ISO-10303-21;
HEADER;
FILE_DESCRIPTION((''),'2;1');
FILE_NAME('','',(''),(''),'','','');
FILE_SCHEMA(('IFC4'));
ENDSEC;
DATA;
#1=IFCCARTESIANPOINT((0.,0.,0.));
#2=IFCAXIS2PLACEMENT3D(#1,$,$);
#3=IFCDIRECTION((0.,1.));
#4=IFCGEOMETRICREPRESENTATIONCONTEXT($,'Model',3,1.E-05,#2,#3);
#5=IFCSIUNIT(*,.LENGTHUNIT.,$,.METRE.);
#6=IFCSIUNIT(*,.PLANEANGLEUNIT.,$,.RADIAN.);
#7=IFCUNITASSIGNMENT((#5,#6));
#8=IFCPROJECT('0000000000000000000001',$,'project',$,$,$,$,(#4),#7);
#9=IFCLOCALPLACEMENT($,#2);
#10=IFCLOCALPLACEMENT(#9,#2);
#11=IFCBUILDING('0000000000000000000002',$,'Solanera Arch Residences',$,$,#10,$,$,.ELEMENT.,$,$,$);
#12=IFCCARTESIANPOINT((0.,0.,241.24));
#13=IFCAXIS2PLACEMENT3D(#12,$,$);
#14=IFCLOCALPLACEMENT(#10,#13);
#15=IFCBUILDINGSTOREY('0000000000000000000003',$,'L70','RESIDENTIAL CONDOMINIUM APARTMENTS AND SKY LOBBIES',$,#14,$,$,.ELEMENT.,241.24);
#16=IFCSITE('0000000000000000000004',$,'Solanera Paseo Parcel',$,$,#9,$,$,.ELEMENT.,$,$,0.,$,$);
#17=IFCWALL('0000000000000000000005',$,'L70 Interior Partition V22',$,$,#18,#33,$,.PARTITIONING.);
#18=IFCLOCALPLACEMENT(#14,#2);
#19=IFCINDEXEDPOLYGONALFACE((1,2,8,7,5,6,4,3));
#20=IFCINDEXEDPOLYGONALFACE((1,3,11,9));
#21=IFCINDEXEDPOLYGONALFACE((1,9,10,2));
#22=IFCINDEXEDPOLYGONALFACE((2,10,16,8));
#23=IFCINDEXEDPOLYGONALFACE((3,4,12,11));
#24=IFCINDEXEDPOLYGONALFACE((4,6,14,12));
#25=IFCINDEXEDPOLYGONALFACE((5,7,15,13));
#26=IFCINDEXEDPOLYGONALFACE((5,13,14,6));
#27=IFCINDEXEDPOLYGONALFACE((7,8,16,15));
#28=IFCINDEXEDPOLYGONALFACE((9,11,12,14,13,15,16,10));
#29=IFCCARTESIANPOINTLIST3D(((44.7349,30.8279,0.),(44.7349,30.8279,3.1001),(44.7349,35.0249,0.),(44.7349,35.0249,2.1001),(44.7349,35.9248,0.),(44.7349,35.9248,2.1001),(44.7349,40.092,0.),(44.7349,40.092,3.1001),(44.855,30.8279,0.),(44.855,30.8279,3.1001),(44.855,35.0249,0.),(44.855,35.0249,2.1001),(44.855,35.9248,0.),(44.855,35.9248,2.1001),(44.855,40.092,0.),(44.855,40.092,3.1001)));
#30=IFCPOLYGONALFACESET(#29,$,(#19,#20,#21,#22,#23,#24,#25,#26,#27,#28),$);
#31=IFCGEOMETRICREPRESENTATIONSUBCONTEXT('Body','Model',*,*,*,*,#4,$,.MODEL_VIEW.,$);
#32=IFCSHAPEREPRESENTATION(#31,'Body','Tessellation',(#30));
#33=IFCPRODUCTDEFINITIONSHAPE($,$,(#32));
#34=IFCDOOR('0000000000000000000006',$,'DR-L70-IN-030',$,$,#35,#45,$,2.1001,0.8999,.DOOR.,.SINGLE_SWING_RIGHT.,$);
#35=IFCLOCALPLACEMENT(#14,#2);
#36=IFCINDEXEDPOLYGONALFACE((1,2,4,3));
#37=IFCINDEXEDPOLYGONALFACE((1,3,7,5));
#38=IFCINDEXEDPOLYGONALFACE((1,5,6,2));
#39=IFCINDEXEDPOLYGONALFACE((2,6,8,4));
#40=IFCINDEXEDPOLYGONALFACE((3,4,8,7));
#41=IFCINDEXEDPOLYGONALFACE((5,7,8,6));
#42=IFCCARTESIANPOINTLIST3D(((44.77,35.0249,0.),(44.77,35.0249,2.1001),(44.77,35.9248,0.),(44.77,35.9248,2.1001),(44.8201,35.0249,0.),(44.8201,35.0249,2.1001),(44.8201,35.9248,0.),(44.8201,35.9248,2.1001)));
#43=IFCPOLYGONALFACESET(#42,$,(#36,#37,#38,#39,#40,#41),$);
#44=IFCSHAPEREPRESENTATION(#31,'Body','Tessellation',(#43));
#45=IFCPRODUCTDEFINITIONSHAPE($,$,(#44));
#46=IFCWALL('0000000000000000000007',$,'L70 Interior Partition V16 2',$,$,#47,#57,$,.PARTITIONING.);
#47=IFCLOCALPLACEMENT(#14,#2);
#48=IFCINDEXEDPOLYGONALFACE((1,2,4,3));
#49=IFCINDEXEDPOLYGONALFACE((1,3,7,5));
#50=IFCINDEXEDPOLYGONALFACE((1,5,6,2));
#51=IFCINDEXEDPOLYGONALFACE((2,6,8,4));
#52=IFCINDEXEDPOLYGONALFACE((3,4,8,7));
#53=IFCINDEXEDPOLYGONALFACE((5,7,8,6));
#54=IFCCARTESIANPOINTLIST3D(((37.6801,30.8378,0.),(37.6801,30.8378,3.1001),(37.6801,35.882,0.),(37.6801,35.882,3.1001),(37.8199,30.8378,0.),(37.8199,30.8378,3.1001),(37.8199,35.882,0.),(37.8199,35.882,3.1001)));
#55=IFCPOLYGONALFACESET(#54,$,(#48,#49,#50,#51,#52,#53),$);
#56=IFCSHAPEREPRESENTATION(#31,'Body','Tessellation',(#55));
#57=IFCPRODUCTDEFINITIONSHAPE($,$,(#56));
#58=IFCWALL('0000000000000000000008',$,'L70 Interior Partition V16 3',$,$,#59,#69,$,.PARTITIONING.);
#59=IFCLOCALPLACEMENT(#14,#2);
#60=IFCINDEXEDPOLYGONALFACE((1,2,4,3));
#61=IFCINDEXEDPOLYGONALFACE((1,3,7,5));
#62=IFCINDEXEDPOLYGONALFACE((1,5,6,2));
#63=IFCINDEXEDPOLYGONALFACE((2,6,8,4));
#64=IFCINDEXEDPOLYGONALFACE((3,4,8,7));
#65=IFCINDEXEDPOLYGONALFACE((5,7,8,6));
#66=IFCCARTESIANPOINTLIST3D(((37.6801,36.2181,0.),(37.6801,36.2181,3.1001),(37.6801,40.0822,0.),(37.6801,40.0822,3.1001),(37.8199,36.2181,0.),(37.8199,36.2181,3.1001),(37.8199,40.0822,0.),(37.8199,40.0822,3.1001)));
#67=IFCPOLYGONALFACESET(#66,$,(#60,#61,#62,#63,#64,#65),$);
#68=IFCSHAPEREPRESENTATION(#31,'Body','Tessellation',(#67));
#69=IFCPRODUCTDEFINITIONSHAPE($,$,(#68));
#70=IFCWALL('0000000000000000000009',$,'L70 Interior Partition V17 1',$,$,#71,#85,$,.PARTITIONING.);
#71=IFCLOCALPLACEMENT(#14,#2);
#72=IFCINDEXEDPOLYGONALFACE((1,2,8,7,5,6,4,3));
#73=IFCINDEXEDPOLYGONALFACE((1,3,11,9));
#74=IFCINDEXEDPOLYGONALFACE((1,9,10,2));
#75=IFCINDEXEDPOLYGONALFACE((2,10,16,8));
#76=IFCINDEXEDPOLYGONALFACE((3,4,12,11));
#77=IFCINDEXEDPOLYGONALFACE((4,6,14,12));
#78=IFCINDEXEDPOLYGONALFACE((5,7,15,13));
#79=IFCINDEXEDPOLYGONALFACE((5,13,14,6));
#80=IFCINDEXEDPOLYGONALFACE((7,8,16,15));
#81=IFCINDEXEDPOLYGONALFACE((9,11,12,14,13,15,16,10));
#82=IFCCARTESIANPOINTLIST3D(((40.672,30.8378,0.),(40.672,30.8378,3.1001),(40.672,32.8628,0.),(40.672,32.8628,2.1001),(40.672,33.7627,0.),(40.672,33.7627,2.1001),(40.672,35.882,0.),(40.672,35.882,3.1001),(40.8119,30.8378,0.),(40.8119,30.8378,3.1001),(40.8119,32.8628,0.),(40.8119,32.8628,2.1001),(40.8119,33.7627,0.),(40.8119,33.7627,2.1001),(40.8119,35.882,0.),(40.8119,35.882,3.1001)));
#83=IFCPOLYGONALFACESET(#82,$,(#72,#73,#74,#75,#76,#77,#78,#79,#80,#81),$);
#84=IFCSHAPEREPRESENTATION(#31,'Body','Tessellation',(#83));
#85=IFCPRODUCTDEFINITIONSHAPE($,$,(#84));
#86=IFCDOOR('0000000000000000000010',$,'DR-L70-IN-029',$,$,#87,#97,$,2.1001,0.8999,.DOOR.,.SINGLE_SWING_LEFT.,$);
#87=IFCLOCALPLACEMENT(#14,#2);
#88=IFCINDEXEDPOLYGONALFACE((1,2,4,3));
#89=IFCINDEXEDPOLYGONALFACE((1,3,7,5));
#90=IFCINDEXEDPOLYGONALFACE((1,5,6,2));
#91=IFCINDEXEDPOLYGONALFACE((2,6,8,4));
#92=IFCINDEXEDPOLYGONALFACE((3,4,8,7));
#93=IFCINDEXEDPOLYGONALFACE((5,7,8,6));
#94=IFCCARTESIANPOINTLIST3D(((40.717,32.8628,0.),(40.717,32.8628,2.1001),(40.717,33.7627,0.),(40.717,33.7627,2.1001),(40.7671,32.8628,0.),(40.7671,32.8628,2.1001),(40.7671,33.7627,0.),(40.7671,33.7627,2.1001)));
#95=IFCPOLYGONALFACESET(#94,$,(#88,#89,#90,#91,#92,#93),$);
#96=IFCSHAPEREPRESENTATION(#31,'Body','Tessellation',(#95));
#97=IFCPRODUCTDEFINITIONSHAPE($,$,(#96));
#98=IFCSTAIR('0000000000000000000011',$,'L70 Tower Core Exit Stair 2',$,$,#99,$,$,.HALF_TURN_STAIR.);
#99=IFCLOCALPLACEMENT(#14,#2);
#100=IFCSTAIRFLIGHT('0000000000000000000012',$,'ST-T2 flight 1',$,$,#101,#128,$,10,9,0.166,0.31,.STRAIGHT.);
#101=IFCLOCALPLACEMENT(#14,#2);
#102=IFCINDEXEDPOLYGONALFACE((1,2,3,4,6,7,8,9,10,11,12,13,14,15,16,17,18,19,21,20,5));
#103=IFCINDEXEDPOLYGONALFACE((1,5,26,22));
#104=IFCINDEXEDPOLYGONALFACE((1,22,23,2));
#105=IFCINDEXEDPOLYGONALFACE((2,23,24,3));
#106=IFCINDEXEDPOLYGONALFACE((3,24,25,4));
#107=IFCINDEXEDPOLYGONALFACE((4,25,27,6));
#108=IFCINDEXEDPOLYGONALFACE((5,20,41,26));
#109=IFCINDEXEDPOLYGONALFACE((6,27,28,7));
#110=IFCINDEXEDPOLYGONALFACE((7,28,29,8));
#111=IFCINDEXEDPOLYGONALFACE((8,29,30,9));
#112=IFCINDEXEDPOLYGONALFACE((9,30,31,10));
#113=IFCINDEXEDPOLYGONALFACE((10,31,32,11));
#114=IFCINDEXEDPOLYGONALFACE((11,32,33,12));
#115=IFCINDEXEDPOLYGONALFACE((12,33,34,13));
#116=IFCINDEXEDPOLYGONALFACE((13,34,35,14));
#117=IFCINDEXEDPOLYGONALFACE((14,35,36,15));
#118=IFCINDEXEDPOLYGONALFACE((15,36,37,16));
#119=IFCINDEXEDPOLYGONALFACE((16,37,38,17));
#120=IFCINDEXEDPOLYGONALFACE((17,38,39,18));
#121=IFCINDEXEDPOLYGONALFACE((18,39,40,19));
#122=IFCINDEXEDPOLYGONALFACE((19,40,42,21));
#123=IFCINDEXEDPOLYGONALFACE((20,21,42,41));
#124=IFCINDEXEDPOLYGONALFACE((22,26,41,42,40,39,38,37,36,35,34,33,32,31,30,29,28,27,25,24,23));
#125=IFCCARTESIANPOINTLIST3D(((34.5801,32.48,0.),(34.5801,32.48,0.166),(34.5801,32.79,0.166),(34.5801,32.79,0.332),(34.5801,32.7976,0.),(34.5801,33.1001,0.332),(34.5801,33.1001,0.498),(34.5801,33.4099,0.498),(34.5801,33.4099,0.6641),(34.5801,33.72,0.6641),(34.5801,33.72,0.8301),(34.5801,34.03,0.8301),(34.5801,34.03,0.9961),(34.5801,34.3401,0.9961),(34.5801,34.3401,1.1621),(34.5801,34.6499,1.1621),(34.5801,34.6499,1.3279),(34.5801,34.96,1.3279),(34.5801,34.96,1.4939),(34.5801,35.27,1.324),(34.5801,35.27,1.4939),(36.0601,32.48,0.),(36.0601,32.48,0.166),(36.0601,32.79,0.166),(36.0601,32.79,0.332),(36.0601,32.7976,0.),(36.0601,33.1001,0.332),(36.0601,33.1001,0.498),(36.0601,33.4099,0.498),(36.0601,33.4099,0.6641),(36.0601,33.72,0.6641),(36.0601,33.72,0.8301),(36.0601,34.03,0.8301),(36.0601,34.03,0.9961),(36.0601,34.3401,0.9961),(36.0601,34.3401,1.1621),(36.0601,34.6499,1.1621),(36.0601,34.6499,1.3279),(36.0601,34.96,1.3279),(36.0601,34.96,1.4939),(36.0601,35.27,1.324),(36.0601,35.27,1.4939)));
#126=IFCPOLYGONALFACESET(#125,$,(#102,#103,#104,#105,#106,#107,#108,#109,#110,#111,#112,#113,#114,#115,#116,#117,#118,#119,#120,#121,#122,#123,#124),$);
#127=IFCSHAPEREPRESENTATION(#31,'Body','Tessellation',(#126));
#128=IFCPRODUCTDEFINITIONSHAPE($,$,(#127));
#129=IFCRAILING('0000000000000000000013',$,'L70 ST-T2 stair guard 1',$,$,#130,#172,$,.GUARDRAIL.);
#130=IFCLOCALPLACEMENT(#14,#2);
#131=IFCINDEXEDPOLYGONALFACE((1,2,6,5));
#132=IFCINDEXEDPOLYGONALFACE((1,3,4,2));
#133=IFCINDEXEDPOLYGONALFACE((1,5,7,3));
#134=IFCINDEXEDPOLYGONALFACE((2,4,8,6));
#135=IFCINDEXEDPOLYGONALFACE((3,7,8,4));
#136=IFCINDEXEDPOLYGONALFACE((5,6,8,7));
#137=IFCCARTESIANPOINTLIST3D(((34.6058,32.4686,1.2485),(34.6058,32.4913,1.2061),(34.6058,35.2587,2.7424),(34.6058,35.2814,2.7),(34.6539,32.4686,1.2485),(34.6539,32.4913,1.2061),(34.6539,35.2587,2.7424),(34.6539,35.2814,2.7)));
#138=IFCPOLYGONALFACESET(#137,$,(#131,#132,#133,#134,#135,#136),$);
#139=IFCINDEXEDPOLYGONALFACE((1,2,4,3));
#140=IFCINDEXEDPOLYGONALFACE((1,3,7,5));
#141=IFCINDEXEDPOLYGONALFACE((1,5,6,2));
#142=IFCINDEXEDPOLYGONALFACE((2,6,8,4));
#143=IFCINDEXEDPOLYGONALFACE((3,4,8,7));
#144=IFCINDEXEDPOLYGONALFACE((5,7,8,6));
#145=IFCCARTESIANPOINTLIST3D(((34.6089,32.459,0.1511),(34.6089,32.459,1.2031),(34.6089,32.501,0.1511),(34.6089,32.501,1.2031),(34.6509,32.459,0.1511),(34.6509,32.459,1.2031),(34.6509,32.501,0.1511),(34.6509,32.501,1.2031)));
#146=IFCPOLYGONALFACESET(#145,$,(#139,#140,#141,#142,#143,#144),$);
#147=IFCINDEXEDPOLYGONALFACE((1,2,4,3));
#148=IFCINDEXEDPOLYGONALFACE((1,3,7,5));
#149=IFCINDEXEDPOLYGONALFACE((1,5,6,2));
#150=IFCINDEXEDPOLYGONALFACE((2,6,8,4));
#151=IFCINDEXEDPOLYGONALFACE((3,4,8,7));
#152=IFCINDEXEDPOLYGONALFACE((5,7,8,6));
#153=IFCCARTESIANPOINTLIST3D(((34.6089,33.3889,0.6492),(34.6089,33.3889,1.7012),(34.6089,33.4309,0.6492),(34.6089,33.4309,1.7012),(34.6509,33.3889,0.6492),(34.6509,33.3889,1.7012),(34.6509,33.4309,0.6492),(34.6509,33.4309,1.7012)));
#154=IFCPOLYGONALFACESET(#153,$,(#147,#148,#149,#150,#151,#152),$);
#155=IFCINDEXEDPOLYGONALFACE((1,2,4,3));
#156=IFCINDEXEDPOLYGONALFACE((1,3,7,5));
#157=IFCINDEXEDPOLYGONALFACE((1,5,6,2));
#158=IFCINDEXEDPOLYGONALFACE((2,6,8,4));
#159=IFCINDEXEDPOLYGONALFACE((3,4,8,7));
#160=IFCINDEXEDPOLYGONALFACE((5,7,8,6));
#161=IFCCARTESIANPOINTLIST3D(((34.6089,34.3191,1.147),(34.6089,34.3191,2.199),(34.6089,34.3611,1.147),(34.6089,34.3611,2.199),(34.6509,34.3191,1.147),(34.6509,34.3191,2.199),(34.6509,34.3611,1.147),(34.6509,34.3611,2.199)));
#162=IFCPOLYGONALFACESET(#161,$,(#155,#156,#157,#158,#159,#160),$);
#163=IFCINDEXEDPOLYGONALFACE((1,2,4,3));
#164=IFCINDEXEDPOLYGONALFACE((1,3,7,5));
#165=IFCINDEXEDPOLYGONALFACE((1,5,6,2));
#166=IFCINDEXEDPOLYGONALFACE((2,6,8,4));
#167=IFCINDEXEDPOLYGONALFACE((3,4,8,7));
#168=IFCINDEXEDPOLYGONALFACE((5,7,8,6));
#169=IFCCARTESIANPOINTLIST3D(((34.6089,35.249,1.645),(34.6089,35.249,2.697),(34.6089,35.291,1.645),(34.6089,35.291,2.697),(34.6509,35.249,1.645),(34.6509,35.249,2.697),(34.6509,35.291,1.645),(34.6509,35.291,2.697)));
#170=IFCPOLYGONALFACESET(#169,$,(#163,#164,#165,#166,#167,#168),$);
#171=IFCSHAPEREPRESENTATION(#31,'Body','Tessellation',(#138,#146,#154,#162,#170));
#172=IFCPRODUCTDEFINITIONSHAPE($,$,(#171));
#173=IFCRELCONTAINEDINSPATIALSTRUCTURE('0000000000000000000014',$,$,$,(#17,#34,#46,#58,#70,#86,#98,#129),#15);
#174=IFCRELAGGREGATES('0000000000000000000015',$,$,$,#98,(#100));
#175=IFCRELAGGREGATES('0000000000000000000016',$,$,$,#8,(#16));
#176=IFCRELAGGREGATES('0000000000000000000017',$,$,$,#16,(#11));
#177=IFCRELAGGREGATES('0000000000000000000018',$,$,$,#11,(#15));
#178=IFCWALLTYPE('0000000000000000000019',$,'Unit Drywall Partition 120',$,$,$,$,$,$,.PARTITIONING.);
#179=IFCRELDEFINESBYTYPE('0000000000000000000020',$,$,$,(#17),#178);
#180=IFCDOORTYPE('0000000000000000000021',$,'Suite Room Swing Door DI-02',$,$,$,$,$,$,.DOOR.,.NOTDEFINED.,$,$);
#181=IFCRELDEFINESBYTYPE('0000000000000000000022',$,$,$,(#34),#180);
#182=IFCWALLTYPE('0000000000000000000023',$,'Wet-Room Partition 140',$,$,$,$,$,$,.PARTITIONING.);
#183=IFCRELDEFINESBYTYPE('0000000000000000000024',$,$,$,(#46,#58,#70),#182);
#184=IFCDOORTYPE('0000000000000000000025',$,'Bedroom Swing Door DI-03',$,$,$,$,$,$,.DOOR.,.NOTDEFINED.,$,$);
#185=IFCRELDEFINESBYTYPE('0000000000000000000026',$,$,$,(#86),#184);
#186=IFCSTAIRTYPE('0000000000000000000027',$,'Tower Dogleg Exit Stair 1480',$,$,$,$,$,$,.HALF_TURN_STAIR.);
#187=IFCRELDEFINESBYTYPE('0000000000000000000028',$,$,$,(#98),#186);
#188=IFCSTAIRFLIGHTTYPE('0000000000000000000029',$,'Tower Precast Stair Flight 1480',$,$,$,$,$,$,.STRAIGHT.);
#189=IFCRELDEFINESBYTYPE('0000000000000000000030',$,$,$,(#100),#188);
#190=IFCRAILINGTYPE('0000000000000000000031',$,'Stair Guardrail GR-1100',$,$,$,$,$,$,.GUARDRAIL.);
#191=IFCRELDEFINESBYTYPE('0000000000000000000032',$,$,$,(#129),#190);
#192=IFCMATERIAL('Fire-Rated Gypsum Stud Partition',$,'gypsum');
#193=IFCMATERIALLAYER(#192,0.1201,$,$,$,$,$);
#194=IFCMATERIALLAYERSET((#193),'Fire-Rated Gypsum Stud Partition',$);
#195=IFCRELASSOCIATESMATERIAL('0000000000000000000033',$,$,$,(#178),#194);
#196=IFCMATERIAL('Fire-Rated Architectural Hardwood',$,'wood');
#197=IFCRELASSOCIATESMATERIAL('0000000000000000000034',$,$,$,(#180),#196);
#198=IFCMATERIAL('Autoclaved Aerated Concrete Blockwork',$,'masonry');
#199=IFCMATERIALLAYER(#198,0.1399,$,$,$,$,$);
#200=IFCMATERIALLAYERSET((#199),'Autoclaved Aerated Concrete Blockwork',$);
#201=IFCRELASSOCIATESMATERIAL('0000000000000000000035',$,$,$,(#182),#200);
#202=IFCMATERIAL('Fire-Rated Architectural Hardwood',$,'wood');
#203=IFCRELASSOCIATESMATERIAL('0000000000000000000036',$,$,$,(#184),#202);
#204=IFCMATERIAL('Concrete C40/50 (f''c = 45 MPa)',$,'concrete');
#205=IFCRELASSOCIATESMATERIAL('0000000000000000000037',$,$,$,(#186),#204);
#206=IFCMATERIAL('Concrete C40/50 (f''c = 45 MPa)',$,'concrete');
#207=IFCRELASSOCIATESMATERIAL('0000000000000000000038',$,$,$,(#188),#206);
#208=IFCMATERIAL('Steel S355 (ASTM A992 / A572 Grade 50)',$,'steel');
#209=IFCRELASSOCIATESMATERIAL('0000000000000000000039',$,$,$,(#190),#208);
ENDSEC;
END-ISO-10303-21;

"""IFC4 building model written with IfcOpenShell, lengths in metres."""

from ifc_helpers import new_model, si_unit, direction, frame, frame_2d, origin, origin_2d, place, context, subcontext, project, spatial, polyline, rectangle, outline, extrude, material, layer, layer_set, type_object, element, fill, aggregate, save


model = new_model("IFC4")

# Units and contexts
model_context = context("Model", 3, precision=1e-05, world=origin(), true_north=direction((0.0, 1.0)))
body_context = subcontext(model_context, "Body", "Model", "MODEL_VIEW")
ifc_project = project(units=[si_unit("LENGTHUNIT", "METRE"), si_unit("PLANEANGLEUNIT", "RADIAN")], contexts=[model_context])

# Site, building, storey
site_placement = place(None, origin())
site = spatial("IfcSite", under=ifc_project, at=site_placement, Name="Solanera Paseo Parcel", CompositionType="ELEMENT", RefElevation=0.0)
building_placement = place(site_placement, origin())
building = spatial("IfcBuilding", under=site, at=building_placement, Name="Solanera Arch Residences", CompositionType="ELEMENT")
storey_placement = place(building_placement, frame((0.0, 0.0, 241.24)))
storey = spatial("IfcBuildingStorey", under=building, at=storey_placement, Name="L70", Description="RESIDENTIAL CONDOMINIUM APARTMENTS AND SKY LOBBIES", CompositionType="ELEMENT", Elevation=241.24)

# Shared definitions
ifc_material_1 = material(Name="Fire-Rated Gypsum Stud Partition", Category="gypsum")
ifc_layer_1 = layer(ifc_material_1, 0.1201)
ifc_layer_set_1 = layer_set([ifc_layer_1], Name="Fire-Rated Gypsum Stud Partition")
wall_type_1 = type_object("IfcWallType", Name="Unit Drywall Partition 120", PredefinedType="PARTITIONING", material=ifc_layer_set_1)

# Wall, opening, door
wall_1_placement = place(storey_placement, frame((44.7949, 30.8279, 0.0), z_axis=(0.0, 0.0, 1.0), x_axis=(0.0, 1.0, 0.0)))
wall_1 = element("IfcWall", 1, at=wall_1_placement, inside=storey, type_object=wall_type_1, Name="L70 Interior Partition V22", PredefinedType="PARTITIONING", context=body_context, shape_type="SweptSolid", body=[
    extrude(rectangle(XDim=9.2642, YDim=0.1201, at=frame_2d((4.6321, 0.0))), origin(), (0.0, 0.0, 1.0), 3.1001),
])
opening_1_placement = place(wall_1_placement, frame((4.197, 0.0, 0.0)))
opening_1 = element("IfcOpeningElement", 2, at=opening_1_placement, cuts=wall_1, PredefinedType="OPENING", context=body_context, shape_type="SweptSolid", body=[
    extrude(rectangle(XDim=0.8999, YDim=2.1001, at=frame_2d((0.45, 1.05))), frame((0.0, 0.0701, 0.0), z_axis=(0.0, -1.0, 0.0), x_axis=(1.0, 0.0, 0.0)), (0.0, 0.0, 1.0), 0.1401),
])
ifc_material_2 = material(Name="Fire-Rated Architectural Hardwood", Category="wood")
door_type_1 = type_object("IfcDoorType", Name="Suite Room Swing Door DI-02", OperationType="NOTDEFINED", PredefinedType="DOOR", material=ifc_material_2)
door_1_placement = place(opening_1_placement, origin())
door_1 = element("IfcDoor", 3, at=door_1_placement, inside=storey, type_object=door_type_1, Name="DR-L70-IN-030", OperationType="SINGLE_SWING_RIGHT", OverallHeight=2.1001, OverallWidth=0.8999, PredefinedType="DOOR", context=body_context, shape_type="SweptSolid", body=[
    extrude(rectangle(XDim=0.8999, YDim=2.1001, at=frame_2d((0.45, 1.05))), frame((0.0, 0.0249, 0.0), z_axis=(0.0, -1.0, 0.0), x_axis=(1.0, 0.0, 0.0)), (0.0, 0.0, 1.0), 0.05),
])
fill(opening_1, door_1)

# Walls
ifc_material_3 = material(Name="Autoclaved Aerated Concrete Blockwork", Category="masonry")
ifc_layer_2 = layer(ifc_material_3, 0.1399)
ifc_layer_set_2 = layer_set([ifc_layer_2], Name="Autoclaved Aerated Concrete Blockwork")
wall_type_2 = type_object("IfcWallType", Name="Wet-Room Partition 140", PredefinedType="PARTITIONING", material=ifc_layer_set_2)
wall_2_placement = place(storey_placement, frame((37.75, 30.8379, 0.0), z_axis=(0.0, 0.0, 1.0), x_axis=(0.0, 1.0, 0.0)))
element("IfcWall", 4, at=wall_2_placement, inside=storey, type_object=wall_type_2, Name="L70 Interior Partition V16 2", PredefinedType="PARTITIONING", context=body_context, shape_type="SweptSolid", body=[
    extrude(rectangle(XDim=5.0442, YDim=0.1399, at=frame_2d((2.522, 0.0))), origin(), (0.0, 0.0, 1.0), 3.1001),
])
wall_3_placement = place(storey_placement, frame((37.75, 36.218, 0.0), z_axis=(0.0, 0.0, 1.0), x_axis=(0.0, 1.0, 0.0)))
element("IfcWall", 5, at=wall_3_placement, inside=storey, type_object=wall_type_2, Name="L70 Interior Partition V16 3", PredefinedType="PARTITIONING", context=body_context, shape_type="SweptSolid", body=[
    extrude(rectangle(XDim=3.864, YDim=0.1399, at=frame_2d((1.9321, 0.0))), origin(), (0.0, 0.0, 1.0), 3.1001),
])

# Wall, opening, door
wall_4_placement = place(storey_placement, frame((40.7419, 30.8379, 0.0), z_axis=(0.0, 0.0, 1.0), x_axis=(0.0, 1.0, 0.0)))
wall_4 = element("IfcWall", 6, at=wall_4_placement, inside=storey, type_object=wall_type_2, Name="L70 Interior Partition V17 1", PredefinedType="PARTITIONING", context=body_context, shape_type="SweptSolid", body=[
    extrude(rectangle(XDim=5.0442, YDim=0.1399, at=frame_2d((2.522, 0.0))), origin(), (0.0, 0.0, 1.0), 3.1001),
])
opening_2_placement = place(wall_4_placement, frame((2.0249, 0.0, 0.0)))
opening_2 = element("IfcOpeningElement", 7, at=opening_2_placement, cuts=wall_4, PredefinedType="OPENING", context=body_context, shape_type="SweptSolid", body=[
    extrude(rectangle(XDim=0.8999, YDim=2.1001, at=frame_2d((0.45, 1.05))), frame((0.0, 0.0798, 0.0), z_axis=(0.0, -1.0, 0.0), x_axis=(1.0, 0.0, 0.0)), (0.0, 0.0, 1.0), 0.1599),
])
ifc_material_4 = material(Name="Fire-Rated Architectural Hardwood", Category="wood")
door_type_2 = type_object("IfcDoorType", Name="Bedroom Swing Door DI-03", OperationType="NOTDEFINED", PredefinedType="DOOR", material=ifc_material_4)
door_2_placement = place(opening_2_placement, origin())
door_2 = element("IfcDoor", 8, at=door_2_placement, inside=storey, type_object=door_type_2, Name="DR-L70-IN-029", OperationType="SINGLE_SWING_LEFT", OverallHeight=2.1001, OverallWidth=0.8999, PredefinedType="DOOR", context=body_context, shape_type="SweptSolid", body=[
    extrude(rectangle(XDim=0.8999, YDim=2.1001, at=frame_2d((0.45, 1.05))), frame((0.0, 0.0249, 0.0), z_axis=(0.0, -1.0, 0.0), x_axis=(1.0, 0.0, 0.0)), (0.0, 0.0, 1.0), 0.05),
])
fill(opening_2, door_2)

# Stair, stair flight
ifc_material_5 = material(Name="Concrete C40/50 (f'c = 45 MPa)", Category="concrete")
stair_type = type_object("IfcStairType", Name="Tower Dogleg Exit Stair 1480", PredefinedType="HALF_TURN_STAIR", material=ifc_material_5)
stair_placement = place(storey_placement, origin())
stair = element("IfcStair", 9, at=stair_placement, inside=storey, type_object=stair_type, Name="L70 Tower Core Exit Stair 2", PredefinedType="HALF_TURN_STAIR")
ifc_material_6 = material(Name="Concrete C40/50 (f'c = 45 MPa)", Category="concrete")
stair_flight_type = type_object("IfcStairFlightType", Name="Tower Precast Stair Flight 1480", PredefinedType="STRAIGHT", material=ifc_material_6)
stair_flight_placement = place(storey_placement, frame((35.3201, 32.48, 0.0), z_axis=(0.0, 0.0, 1.0), x_axis=(0.0, 1.0, 0.0)))
stair_flight = element("IfcStairFlight", 10, at=stair_flight_placement, type_object=stair_flight_type, Name="ST-T2 flight 1", NumberOfRisers=10, NumberOfTreads=9, PredefinedType="STRAIGHT", RiserHeight=0.166, TreadLength=0.31, context=body_context, shape_type="SweptSolid", body=[
    extrude(outline(polyline([(0.0, 0.0), (0.0, 0.166), (0.3101, 0.166), (0.3101, 0.332), (0.6201, 0.332), (0.6201, 0.498), (0.9299, 0.498), (0.9299, 0.6641), (1.24, 0.6641), (1.24, 0.8301), (1.55, 0.8301), (1.55, 0.9961), (1.8601, 0.9961), (1.8601, 1.1621), (2.1699, 1.1621), (2.1699, 1.3279), (2.48, 1.3279), (2.48, 1.4939), (2.79, 1.4939), (2.79, 1.6599), (2.79, 1.324), (0.3176, 0.0), (0.0, 0.0)])), frame((0.0, 0.74, 0.0), z_axis=(0.0, -1.0, 0.0), x_axis=(1.0, 0.0, 0.0)), (0.0, 0.0, 1.0), 1.48),
])
aggregate(stair, [stair_flight])

# Railing
ifc_material_7 = material(Name="Steel S355 (ASTM A992 / A572 Grade 50)", Category="steel")
railing_type_1 = type_object("IfcRailingType", Name="Stair Guardrail GR-1100", PredefinedType="GUARDRAIL", material=ifc_material_7)
railing_1_placement = place(storey_placement, frame((34.6299, 32.48, 0.1511)))
element("IfcRailing", 11, at=railing_1_placement, inside=storey, type_object=railing_type_1, Name="L70 ST-T2 stair guard 1", PredefinedType="GUARDRAIL", context=body_context, shape_type="SweptSolid", body=[
    extrude(rectangle(XDim=0.0481, YDim=0.0481, at=origin_2d()), frame((0.0, 0.0, 1.0762), z_axis=(0.0, 0.881581, 0.472033), x_axis=(-1.0, 0.0, 0.0)), (0.0, 0.0, 1.0), 3.1648),
    extrude(rectangle(XDim=0.042, YDim=0.042, at=origin_2d()), origin(), (0.0, 0.0, 1.0), 1.052),
    extrude(rectangle(XDim=0.042, YDim=0.042, at=origin_2d()), frame((0.0, 0.9299, 0.498)), (0.0, 0.0, 1.0), 1.052),
    extrude(rectangle(XDim=0.042, YDim=0.042, at=origin_2d()), frame((0.0, 1.8601, 0.9958)), (0.0, 0.0, 1.0), 1.052),
    extrude(rectangle(XDim=0.042, YDim=0.042, at=origin_2d()), frame((0.0, 2.79, 1.4939)), (0.0, 0.0, 1.0), 1.052),
])

save(model, "model.ifc")
